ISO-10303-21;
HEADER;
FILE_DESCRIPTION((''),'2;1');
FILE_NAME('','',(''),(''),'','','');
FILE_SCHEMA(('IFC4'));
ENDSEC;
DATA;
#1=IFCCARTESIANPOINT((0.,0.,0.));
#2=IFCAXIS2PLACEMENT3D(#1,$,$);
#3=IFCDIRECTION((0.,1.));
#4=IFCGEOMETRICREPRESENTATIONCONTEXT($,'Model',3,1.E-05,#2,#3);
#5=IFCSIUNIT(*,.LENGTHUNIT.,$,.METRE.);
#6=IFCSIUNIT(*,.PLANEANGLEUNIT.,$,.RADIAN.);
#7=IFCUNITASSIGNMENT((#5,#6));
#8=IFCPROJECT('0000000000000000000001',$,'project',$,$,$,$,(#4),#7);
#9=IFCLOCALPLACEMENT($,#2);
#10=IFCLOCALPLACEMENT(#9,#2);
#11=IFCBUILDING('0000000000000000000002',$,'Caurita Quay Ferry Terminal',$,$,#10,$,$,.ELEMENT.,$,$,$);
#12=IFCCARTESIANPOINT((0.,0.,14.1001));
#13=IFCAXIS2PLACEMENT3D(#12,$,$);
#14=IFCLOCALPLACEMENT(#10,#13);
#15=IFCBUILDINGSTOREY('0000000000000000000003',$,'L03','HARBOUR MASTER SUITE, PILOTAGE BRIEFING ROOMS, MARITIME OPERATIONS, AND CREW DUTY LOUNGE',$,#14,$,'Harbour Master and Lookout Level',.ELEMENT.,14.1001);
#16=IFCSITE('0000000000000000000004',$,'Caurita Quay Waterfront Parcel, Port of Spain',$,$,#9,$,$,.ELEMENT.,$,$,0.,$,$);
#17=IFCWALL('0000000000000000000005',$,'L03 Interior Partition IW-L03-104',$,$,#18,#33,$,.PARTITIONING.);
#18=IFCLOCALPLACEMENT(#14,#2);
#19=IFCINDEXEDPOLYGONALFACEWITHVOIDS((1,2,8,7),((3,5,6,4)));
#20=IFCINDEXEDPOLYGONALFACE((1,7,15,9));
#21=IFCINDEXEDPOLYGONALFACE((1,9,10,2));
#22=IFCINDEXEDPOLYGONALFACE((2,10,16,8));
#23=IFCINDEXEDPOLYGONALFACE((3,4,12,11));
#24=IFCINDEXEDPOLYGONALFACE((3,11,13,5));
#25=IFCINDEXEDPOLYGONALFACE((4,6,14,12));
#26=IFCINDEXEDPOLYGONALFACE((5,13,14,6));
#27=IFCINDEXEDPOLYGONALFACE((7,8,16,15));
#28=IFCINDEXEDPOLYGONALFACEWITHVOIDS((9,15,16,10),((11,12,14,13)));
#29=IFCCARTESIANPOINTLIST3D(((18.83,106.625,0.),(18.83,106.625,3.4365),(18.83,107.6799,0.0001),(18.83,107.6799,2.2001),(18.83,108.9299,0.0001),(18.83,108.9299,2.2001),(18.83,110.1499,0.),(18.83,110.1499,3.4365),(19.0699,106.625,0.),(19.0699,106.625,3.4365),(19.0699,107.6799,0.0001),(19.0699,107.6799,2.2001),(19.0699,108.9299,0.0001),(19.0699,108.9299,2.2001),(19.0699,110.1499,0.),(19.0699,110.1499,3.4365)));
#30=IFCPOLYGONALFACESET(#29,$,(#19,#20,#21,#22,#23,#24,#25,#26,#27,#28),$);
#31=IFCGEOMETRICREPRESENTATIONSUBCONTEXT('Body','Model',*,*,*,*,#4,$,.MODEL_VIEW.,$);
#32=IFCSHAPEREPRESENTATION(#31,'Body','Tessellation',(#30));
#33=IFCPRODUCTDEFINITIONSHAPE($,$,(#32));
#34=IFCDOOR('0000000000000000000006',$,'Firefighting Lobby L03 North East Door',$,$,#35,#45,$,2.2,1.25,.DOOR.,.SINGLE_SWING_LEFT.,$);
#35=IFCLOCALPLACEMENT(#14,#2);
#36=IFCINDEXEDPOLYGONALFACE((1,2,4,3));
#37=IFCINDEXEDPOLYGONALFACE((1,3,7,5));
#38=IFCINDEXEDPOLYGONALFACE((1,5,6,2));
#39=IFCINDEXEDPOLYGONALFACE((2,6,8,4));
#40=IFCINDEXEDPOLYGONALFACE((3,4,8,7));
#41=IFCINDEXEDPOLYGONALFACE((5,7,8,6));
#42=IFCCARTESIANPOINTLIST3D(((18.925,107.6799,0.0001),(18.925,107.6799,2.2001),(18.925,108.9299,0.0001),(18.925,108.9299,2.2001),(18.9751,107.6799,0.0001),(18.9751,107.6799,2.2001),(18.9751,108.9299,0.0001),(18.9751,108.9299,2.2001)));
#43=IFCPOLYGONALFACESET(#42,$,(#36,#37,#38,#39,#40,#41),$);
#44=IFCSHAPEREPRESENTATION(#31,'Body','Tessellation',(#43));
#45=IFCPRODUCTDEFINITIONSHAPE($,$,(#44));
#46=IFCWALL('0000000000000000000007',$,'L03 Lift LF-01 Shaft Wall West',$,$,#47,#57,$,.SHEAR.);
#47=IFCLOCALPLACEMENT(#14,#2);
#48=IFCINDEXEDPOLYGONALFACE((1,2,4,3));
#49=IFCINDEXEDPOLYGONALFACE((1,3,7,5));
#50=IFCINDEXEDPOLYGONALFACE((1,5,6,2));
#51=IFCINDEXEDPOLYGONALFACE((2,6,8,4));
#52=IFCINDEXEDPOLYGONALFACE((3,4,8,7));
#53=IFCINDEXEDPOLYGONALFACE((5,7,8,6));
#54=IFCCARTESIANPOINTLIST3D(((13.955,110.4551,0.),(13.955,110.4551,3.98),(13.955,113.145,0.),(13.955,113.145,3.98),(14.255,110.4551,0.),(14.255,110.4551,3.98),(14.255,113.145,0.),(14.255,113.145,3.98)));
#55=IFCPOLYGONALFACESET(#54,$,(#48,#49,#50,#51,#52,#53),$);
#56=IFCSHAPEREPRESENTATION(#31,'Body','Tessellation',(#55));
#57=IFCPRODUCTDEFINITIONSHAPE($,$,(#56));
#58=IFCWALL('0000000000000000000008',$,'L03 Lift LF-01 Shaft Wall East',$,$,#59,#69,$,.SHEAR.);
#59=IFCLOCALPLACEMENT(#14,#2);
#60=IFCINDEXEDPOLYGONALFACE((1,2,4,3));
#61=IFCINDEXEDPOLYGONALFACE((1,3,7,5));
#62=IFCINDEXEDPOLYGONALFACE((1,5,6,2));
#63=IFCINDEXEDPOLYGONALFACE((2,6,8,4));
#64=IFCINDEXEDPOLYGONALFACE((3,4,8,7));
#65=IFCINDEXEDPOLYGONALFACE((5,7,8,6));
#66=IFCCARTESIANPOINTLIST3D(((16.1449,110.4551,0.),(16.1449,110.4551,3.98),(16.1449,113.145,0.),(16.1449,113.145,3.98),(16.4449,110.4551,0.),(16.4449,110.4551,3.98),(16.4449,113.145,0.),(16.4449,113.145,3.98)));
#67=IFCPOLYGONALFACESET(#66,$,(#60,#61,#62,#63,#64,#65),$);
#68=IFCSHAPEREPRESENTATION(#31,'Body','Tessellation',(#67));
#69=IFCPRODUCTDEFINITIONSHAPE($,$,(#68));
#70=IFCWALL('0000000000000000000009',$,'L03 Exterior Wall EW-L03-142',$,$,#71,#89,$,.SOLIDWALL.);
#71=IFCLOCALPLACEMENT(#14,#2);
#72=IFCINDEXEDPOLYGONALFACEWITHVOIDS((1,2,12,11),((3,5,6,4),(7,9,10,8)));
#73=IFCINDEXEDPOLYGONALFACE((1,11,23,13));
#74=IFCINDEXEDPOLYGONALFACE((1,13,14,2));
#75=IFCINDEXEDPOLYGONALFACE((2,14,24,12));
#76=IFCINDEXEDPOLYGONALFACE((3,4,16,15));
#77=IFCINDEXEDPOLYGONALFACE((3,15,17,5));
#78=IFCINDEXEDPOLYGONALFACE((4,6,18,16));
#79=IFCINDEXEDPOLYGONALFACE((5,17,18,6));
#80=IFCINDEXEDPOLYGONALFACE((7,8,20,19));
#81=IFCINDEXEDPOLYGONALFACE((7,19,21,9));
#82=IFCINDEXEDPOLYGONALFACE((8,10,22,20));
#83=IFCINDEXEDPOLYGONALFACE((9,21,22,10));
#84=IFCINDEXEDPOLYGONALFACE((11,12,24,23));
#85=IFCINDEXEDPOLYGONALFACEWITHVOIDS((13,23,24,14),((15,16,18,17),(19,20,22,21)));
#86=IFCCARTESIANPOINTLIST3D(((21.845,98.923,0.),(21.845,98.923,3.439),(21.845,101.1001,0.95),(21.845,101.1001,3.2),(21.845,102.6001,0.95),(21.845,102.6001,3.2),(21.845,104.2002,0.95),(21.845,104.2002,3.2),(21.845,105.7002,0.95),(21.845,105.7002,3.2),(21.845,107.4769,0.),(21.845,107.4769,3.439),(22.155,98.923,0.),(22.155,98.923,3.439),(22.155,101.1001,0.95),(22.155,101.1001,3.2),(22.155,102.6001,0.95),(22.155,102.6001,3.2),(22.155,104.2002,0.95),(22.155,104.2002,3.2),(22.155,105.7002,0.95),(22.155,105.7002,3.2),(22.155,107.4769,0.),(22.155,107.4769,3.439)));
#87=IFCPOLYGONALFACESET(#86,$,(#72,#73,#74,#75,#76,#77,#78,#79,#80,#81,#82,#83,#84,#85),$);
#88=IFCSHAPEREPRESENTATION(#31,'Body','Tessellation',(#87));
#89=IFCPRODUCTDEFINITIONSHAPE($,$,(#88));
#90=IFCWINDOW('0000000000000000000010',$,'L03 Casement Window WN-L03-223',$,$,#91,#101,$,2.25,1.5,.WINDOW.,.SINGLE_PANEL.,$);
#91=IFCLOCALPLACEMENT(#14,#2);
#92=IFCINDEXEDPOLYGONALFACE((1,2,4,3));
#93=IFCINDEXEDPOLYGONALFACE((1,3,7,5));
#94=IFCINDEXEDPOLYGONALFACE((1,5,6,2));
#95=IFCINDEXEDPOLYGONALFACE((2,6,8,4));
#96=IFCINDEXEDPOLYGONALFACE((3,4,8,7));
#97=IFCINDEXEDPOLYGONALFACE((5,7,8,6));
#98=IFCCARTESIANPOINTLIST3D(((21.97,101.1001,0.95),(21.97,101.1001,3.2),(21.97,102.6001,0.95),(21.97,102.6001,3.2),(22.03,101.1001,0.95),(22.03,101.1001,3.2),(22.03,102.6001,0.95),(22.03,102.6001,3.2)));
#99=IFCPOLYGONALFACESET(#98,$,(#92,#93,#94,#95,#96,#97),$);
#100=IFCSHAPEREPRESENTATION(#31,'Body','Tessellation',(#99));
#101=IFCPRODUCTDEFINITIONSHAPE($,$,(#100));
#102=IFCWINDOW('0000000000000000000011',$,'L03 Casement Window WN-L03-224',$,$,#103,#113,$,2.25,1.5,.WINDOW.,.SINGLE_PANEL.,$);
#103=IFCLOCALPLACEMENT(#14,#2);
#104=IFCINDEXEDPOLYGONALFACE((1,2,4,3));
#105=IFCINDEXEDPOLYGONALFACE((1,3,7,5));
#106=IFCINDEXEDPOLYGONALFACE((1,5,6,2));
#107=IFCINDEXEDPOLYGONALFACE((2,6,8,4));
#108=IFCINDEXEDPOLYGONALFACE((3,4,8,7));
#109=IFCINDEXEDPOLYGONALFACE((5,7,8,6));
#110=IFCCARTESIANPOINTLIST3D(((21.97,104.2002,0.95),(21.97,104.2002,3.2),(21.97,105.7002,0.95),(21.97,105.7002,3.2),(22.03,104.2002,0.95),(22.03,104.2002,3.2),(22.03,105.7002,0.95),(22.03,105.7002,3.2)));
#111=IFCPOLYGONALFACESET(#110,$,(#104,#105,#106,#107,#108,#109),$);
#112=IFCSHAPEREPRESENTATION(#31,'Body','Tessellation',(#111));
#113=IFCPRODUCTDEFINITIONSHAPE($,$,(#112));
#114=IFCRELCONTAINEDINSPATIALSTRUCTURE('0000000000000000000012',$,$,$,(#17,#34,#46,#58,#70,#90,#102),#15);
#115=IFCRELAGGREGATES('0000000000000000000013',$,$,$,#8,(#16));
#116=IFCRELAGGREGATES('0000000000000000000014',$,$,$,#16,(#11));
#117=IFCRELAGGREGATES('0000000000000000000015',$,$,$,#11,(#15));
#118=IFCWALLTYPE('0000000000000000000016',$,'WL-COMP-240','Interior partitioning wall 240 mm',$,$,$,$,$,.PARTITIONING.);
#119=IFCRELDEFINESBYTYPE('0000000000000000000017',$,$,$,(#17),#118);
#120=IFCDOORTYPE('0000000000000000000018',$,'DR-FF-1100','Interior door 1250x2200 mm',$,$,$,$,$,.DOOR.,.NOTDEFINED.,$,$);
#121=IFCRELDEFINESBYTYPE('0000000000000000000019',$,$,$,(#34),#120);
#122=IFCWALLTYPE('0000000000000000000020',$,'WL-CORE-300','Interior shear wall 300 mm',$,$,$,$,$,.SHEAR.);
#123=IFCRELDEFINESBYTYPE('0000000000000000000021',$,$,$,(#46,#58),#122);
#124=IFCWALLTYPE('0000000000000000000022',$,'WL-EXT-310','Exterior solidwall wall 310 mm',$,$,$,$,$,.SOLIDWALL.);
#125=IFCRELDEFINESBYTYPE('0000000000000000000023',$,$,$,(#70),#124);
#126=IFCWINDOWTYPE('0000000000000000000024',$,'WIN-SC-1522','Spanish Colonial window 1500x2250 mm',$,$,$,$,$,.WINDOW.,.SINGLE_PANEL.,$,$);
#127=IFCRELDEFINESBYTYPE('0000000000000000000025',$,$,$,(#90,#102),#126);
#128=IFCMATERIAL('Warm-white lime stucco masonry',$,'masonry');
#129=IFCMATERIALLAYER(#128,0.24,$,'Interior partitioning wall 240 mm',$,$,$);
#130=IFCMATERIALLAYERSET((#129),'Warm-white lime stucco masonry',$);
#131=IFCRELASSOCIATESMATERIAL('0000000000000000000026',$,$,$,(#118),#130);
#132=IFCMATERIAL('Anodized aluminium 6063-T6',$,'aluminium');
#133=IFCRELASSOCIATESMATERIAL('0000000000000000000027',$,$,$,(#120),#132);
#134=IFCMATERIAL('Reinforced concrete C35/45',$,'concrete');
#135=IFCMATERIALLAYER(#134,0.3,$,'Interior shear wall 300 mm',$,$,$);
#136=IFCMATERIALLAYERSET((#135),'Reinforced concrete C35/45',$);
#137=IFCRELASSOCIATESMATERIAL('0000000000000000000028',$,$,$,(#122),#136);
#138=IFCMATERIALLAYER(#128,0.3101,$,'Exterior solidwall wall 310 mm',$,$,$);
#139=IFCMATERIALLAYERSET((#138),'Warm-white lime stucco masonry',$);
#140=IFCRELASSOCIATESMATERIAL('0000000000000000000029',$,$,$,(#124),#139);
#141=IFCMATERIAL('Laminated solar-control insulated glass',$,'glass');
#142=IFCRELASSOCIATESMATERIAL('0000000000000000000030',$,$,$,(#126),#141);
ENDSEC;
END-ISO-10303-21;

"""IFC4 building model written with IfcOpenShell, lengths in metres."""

from ifc_helpers import new_model, si_unit, direction, frame, frame_2d, origin, place, context, subcontext, project, spatial, rectangle, extrude, material, layer, layer_set, type_object, element, fill, save


model = new_model("IFC4")

# Units and contexts
model_context = context("Model", 3, precision=1e-05, world=origin(), true_north=direction((0.0, 1.0)))
body_context = subcontext(model_context, "Body", "Model", "MODEL_VIEW")
ifc_project = project(units=[si_unit("LENGTHUNIT", "METRE"), si_unit("PLANEANGLEUNIT", "RADIAN")], contexts=[model_context])

# Site, building, storey
site_placement = place(None, origin())
site = spatial("IfcSite", under=ifc_project, at=site_placement, Name="Caurita Quay Waterfront Parcel, Port of Spain", CompositionType="ELEMENT", RefElevation=0.0)
building_placement = place(site_placement, origin())
building = spatial("IfcBuilding", under=site, at=building_placement, Name="Caurita Quay Ferry Terminal", CompositionType="ELEMENT")
storey_placement = place(building_placement, frame((0.0, 0.0, 14.1001)))
storey = spatial("IfcBuildingStorey", under=building, at=storey_placement, Name="L03", Description="HARBOUR MASTER SUITE, PILOTAGE BRIEFING ROOMS, MARITIME OPERATIONS, AND CREW DUTY LOUNGE", LongName="Harbour Master and Lookout Level", CompositionType="ELEMENT", Elevation=14.1001)

# Shared definitions
ifc_material_1 = material(Name="Reinforced concrete C35/45", Category="concrete")

# Wall, opening, door
ifc_material_2 = material(Name="Warm-white lime stucco masonry", Category="masonry")
ifc_layer_1 = layer(ifc_material_2, 0.24, Name="Interior partitioning wall 240 mm")
ifc_layer_set_1 = layer_set([ifc_layer_1], Name="Warm-white lime stucco masonry")
wall_type_1 = type_object("IfcWallType", Name="WL-COMP-240", Description="Interior partitioning wall 240 mm", PredefinedType="PARTITIONING", material=ifc_layer_set_1)
wall_1_placement = place(storey_placement, frame((18.95, 106.625, 0.0), z_axis=(0.0, 0.0, 1.0), x_axis=(0.0, 1.0, 0.0)))
wall_1 = element("IfcWall", 1, at=wall_1_placement, inside=storey, type_object=wall_type_1, Name="L03 Interior Partition IW-L03-104", PredefinedType="PARTITIONING", context=body_context, shape_type="SweptSolid", body=[
    extrude(rectangle(XDim=3.5249, YDim=0.24, at=frame_2d((1.7625, 0.0))), origin(), (0.0, 0.0, 1.0), 3.4365),
])
opening_1_placement = place(wall_1_placement, frame((1.0549, 0.0, 0.0)))
opening_1 = element("IfcOpeningElement", 2, at=opening_1_placement, cuts=wall_1, PredefinedType="OPENING", context=body_context, shape_type="SweptSolid", body=[
    extrude(rectangle(XDim=1.25, YDim=2.2, at=frame_2d((0.625, 1.1001))), frame((0.0, 0.1299, 0.0), z_axis=(0.0, -1.0, 0.0), x_axis=(1.0, 0.0, 0.0)), (0.0, 0.0, 1.0), 0.26),
])
ifc_material_3 = material(Name="Anodized aluminium 6063-T6", Category="aluminium")
door_type_1 = type_object("IfcDoorType", Name="DR-FF-1100", Description="Interior door 1250x2200 mm", OperationType="NOTDEFINED", PredefinedType="DOOR", material=ifc_material_3)
door_1_placement = place(opening_1_placement, origin())
door_1 = element("IfcDoor", 3, at=door_1_placement, inside=storey, type_object=door_type_1, Name="Firefighting Lobby L03 North East Door", OperationType="SINGLE_SWING_LEFT", OverallHeight=2.2, OverallWidth=1.25, PredefinedType="DOOR", context=body_context, shape_type="SweptSolid", body=[
    extrude(rectangle(XDim=1.25, YDim=2.2, at=frame_2d((0.625, 1.1001))), frame((0.0, 0.0249, 0.0), z_axis=(0.0, -1.0, 0.0), x_axis=(1.0, 0.0, 0.0)), (0.0, 0.0, 1.0), 0.05),
])
fill(opening_1, door_1)
ifc_layer_2 = layer(ifc_material_1, 0.3, Name="Interior shear wall 300 mm")
ifc_layer_set_2 = layer_set([ifc_layer_2], Name="Reinforced concrete C35/45")
wall_type_2 = type_object("IfcWallType", Name="WL-CORE-300", Description="Interior shear wall 300 mm", PredefinedType="SHEAR", material=ifc_layer_set_2)

# Walls
for number, where, z_axis, x_axis, name in (
    (4, (14.105, 113.145, 0.0), (0.0, 0.0, 1.0), (0.0, -1.0, 0.0), "L03 Lift LF-01 Shaft Wall West"),
    (5, (16.2949, 110.4551, 0.0), (0.0, 0.0, 1.0), (0.0, 1.0, 0.0), "L03 Lift LF-01 Shaft Wall East"),
):
    element("IfcWall", number, at=place(storey_placement, frame(where, z_axis=z_axis, x_axis=x_axis)), inside=storey, type_object=wall_type_2, Name=name, PredefinedType="SHEAR", context=body_context, shape_type="SweptSolid", body=[
        extrude(rectangle(XDim=2.6899, YDim=0.3, at=frame_2d((1.345, 0.0))), origin(), (0.0, 0.0, 1.0), 3.98),
    ])

# Wall, openings, windows
ifc_layer_3 = layer(ifc_material_2, 0.3101, Name="Exterior solidwall wall 310 mm")
ifc_layer_set_3 = layer_set([ifc_layer_3], Name="Warm-white lime stucco masonry")
wall_type_3 = type_object("IfcWallType", Name="WL-EXT-310", Description="Exterior solidwall wall 310 mm", PredefinedType="SOLIDWALL", material=ifc_layer_set_3)
wall_2_placement = place(storey_placement, frame((22.0, 98.9231, 0.0), z_axis=(0.0, 0.0, 1.0), x_axis=(0.0, 1.0, 0.0)))
wall_2 = element("IfcWall", 6, at=wall_2_placement, inside=storey, type_object=wall_type_3, Name="L03 Exterior Wall EW-L03-142", PredefinedType="SOLIDWALL", context=body_context, shape_type="SweptSolid", body=[
    extrude(rectangle(XDim=8.554, YDim=0.3101, at=frame_2d((4.2769, 0.0))), origin(), (0.0, 0.0, 1.0), 3.439),
])
opening_2_placement = place(wall_2_placement, frame((2.177, 0.0, 0.95)))
opening_2 = element("IfcOpeningElement", 7, at=opening_2_placement, cuts=wall_2, PredefinedType="OPENING", context=body_context, shape_type="SweptSolid", body=[
    extrude(rectangle(XDim=1.5, YDim=2.25, at=frame_2d((0.75, 1.125))), frame((0.0, 0.165, 0.0), z_axis=(0.0, -1.0, 0.0), x_axis=(1.0, 0.0, 0.0)), (0.0, 0.0, 1.0), 0.3301),
])
opening_3_placement = place(wall_2_placement, frame((5.2771, 0.0, 0.95)))
opening_3 = element("IfcOpeningElement", 8, at=opening_3_placement, cuts=wall_2, PredefinedType="OPENING", context=body_context, shape_type="SweptSolid", body=[
    extrude(rectangle(XDim=1.5, YDim=2.25, at=frame_2d((0.75, 1.125))), frame((0.0, 0.165, 0.0), z_axis=(0.0, -1.0, 0.0), x_axis=(1.0, 0.0, 0.0)), (0.0, 0.0, 1.0), 0.3301),
])
ifc_material_4 = material(Name="Laminated solar-control insulated glass", Category="glass")
window_type = type_object("IfcWindowType", Name="WIN-SC-1522", Description="Spanish Colonial window 1500x2250 mm", PartitioningType="SINGLE_PANEL", PredefinedType="WINDOW", material=ifc_material_4)
window_1_placement = place(opening_2_placement, origin())
window_1 = element("IfcWindow", 9, at=window_1_placement, inside=storey, type_object=window_type, Name="L03 Casement Window WN-L03-223", OverallHeight=2.25, OverallWidth=1.5, PartitioningType="SINGLE_PANEL", PredefinedType="WINDOW", context=body_context, shape_type="SweptSolid", body=[
    extrude(rectangle(XDim=1.5, YDim=2.25, at=frame_2d((0.75, 1.125))), frame((0.0, 0.03, 0.0), z_axis=(0.0, -1.0, 0.0), x_axis=(1.0, 0.0, 0.0)), (0.0, 0.0, 1.0), 0.0601),
])
fill(opening_2, window_1)
window_2_placement = place(opening_3_placement, origin())
window_2 = element("IfcWindow", 10, at=window_2_placement, inside=storey, type_object=window_type, Name="L03 Casement Window WN-L03-224", OverallHeight=2.25, OverallWidth=1.5, PartitioningType="SINGLE_PANEL", PredefinedType="WINDOW", context=body_context, shape_type="SweptSolid", body=[
    extrude(rectangle(XDim=1.5, YDim=2.25, at=frame_2d((0.75, 1.125))), frame((0.0, 0.03, 0.0), z_axis=(0.0, -1.0, 0.0), x_axis=(1.0, 0.0, 0.0)), (0.0, 0.0, 1.0), 0.0601),
])
fill(opening_3, window_2)

save(model, "model.ifc")
